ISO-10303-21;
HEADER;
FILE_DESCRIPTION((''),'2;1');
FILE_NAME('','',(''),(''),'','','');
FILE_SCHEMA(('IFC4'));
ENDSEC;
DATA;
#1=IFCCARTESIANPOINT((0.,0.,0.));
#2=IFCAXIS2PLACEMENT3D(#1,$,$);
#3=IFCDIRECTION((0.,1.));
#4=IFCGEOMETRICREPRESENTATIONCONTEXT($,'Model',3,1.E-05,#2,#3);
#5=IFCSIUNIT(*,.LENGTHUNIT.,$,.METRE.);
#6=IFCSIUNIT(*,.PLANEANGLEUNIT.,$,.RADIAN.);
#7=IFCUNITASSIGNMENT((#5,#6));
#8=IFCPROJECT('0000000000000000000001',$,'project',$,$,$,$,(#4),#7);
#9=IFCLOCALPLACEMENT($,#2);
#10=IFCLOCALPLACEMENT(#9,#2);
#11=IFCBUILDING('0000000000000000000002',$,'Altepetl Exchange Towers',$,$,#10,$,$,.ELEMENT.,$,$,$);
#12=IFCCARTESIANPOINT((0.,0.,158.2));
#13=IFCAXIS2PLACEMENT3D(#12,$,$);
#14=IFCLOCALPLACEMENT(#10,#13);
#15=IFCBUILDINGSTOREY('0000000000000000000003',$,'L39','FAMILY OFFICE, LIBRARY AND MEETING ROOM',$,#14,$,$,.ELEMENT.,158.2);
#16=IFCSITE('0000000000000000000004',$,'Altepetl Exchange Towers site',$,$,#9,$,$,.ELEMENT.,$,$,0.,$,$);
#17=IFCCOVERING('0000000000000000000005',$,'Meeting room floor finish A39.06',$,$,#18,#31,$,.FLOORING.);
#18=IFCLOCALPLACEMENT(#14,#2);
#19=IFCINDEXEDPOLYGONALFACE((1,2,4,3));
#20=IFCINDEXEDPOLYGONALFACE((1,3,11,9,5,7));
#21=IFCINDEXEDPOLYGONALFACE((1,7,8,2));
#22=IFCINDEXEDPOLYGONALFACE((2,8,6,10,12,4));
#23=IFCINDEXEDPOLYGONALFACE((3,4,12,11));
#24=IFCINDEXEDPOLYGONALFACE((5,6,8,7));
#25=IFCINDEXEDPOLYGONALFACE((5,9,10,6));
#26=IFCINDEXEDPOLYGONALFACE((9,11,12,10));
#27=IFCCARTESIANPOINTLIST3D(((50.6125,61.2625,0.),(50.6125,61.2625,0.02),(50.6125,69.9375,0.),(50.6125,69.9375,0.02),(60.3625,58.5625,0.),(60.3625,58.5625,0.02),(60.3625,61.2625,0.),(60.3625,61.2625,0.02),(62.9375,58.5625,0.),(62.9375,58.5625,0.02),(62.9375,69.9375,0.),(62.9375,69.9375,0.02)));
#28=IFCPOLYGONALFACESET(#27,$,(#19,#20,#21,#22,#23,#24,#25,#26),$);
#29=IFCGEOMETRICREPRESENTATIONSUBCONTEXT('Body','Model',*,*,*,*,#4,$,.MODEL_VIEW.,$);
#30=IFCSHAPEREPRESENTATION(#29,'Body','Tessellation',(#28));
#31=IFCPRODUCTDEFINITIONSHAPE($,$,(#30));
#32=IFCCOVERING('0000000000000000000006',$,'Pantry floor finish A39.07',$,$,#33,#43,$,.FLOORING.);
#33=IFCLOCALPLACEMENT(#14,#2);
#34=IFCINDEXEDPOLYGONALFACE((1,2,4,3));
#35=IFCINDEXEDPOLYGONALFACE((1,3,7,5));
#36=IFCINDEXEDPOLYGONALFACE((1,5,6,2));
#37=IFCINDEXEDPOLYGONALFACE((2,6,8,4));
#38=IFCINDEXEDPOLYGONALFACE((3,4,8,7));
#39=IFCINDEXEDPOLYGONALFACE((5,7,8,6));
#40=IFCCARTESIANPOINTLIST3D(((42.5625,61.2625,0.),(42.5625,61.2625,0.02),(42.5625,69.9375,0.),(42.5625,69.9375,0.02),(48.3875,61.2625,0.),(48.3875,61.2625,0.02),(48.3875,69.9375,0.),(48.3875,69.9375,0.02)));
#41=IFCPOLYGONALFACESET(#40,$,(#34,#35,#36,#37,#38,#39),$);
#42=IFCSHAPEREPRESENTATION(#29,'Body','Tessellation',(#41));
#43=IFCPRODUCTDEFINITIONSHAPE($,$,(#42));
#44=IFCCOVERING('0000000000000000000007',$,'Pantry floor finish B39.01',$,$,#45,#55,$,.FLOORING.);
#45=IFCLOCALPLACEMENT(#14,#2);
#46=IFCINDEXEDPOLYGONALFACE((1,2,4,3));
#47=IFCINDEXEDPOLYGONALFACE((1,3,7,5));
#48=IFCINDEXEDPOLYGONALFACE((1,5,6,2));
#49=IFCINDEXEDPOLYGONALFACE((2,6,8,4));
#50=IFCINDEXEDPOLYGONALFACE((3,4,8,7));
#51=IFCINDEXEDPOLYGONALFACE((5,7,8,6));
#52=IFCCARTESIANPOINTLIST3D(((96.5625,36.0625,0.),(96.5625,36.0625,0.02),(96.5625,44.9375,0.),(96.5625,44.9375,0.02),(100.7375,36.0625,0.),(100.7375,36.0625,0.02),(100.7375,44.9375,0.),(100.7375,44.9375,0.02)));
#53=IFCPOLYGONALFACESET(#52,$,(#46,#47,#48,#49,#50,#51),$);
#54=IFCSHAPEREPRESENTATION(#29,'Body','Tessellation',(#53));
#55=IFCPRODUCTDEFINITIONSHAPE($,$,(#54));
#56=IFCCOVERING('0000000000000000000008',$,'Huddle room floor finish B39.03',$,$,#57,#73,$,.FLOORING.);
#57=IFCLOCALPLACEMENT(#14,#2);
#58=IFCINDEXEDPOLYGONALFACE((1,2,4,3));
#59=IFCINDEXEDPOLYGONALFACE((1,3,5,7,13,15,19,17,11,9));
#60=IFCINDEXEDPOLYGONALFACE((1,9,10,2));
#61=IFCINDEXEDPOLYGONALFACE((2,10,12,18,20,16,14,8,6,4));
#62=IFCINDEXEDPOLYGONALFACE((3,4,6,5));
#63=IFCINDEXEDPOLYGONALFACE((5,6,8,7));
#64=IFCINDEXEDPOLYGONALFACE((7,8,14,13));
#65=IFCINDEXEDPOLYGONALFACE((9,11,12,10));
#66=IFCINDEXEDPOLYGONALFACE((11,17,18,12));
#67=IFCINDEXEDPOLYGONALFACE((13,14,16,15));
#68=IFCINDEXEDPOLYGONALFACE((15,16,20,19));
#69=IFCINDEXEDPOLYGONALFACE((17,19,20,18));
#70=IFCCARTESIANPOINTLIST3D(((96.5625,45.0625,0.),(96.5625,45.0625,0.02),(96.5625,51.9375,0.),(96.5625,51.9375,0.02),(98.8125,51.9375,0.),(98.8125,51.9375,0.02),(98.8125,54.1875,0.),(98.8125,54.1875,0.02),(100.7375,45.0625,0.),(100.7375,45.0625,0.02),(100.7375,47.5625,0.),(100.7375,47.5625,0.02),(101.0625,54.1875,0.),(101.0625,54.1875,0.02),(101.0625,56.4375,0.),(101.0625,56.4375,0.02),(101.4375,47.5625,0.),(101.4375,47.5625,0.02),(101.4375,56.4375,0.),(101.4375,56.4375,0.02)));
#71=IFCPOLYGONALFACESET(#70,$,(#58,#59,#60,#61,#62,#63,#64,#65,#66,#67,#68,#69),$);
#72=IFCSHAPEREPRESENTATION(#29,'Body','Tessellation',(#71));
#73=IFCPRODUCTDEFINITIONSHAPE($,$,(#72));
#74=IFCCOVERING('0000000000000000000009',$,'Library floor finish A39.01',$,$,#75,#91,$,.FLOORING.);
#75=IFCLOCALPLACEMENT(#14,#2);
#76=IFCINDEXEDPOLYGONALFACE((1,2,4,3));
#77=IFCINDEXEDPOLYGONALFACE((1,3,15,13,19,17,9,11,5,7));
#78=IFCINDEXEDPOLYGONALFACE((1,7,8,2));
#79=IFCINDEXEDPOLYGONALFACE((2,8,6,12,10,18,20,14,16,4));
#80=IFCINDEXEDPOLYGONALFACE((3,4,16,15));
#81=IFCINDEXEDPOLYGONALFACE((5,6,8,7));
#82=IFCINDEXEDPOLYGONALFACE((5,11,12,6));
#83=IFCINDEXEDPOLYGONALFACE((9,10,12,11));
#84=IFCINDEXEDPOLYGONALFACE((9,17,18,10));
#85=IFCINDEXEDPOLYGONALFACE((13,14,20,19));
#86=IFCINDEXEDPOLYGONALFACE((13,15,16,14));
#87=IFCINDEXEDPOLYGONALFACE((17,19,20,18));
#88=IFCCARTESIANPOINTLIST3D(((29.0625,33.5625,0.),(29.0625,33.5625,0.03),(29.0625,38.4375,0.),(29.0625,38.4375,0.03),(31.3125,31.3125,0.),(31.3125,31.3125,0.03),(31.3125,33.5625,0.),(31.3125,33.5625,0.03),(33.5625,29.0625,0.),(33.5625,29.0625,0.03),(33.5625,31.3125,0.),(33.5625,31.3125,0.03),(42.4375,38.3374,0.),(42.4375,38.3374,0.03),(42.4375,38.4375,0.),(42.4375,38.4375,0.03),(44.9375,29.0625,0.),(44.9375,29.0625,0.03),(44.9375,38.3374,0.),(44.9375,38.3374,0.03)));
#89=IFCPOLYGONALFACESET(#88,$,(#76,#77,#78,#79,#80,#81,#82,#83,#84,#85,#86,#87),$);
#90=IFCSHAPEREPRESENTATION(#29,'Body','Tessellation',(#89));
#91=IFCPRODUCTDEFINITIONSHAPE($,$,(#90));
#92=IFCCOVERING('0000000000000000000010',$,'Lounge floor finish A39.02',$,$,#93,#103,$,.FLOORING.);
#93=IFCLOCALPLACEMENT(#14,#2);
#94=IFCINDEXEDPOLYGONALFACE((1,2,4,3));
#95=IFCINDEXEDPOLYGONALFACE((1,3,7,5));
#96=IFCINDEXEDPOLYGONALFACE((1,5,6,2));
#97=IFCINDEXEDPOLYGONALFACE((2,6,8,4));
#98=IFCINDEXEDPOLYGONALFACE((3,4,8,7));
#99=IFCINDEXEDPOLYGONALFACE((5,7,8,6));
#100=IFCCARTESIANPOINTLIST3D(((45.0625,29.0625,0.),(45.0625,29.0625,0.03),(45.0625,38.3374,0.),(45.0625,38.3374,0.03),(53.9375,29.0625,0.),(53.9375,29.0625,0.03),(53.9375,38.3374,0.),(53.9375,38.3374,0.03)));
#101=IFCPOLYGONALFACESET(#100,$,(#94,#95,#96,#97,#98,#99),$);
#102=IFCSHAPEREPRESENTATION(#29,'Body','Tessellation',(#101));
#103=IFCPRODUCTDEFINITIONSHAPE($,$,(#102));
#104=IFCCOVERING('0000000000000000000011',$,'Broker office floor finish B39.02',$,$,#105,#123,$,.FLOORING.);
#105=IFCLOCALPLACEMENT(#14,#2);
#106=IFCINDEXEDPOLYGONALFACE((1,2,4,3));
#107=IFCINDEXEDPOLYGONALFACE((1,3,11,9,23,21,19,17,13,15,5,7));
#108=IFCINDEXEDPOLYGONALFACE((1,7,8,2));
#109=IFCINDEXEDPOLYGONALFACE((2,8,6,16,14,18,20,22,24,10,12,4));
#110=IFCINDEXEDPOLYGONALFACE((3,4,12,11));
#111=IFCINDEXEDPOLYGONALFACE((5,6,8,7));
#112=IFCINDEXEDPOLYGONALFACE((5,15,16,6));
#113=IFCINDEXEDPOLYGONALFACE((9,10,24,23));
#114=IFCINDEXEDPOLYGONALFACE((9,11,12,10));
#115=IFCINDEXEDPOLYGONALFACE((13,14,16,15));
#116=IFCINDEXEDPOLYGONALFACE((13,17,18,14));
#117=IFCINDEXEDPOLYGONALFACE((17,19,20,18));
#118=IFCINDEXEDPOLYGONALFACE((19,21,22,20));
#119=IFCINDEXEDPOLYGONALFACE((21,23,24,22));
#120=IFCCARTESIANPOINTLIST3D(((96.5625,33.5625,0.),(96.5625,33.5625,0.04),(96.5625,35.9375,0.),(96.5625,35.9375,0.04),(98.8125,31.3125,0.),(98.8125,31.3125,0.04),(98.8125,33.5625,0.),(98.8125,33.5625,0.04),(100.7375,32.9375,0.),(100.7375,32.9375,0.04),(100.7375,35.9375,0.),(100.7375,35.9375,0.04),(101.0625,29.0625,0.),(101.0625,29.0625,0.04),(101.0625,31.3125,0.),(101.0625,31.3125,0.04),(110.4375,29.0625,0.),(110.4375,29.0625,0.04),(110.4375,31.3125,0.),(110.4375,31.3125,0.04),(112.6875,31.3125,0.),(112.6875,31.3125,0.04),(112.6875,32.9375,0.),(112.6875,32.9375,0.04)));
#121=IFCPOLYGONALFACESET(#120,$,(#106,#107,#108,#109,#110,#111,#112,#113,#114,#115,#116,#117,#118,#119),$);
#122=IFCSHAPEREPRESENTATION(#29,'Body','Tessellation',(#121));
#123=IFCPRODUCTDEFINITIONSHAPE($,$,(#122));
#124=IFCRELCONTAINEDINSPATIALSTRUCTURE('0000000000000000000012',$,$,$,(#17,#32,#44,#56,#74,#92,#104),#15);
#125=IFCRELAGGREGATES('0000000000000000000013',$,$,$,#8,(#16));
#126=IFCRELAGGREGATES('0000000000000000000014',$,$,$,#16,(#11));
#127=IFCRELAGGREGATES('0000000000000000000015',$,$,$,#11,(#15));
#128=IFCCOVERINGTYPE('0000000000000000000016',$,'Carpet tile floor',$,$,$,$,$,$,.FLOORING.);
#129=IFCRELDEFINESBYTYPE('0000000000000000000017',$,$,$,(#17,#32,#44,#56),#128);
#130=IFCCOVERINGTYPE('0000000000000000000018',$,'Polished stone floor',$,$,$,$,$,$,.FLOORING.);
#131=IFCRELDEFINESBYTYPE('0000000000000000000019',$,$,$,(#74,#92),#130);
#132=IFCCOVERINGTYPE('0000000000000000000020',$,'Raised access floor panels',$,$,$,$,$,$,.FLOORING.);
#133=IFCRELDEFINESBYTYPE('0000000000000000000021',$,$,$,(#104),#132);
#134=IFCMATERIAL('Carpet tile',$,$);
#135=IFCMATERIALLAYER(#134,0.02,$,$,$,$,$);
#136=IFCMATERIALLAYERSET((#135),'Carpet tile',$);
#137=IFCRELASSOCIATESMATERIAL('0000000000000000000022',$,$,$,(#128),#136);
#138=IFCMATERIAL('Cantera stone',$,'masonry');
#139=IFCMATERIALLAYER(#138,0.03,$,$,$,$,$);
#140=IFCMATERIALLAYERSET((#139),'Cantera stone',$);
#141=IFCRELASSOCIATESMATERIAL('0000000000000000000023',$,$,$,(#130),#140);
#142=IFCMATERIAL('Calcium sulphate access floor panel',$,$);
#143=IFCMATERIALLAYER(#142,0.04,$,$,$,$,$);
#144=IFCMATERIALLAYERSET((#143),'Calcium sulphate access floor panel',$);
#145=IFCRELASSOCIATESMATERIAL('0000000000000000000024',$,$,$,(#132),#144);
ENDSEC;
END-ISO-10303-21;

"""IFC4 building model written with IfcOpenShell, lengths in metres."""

from ifc_helpers import new_model, si_unit, direction, frame, origin, place, context, subcontext, project, spatial, polyline, outline, extrude, material, layer, layer_set, type_object, element, save


model = new_model("IFC4")

# Units and contexts
model_context = context("Model", 3, precision=1e-05, world=origin(), true_north=direction((0.0, 1.0)))
body_context = subcontext(model_context, "Body", "Model", "MODEL_VIEW")
ifc_project = project(units=[si_unit("LENGTHUNIT", "METRE"), si_unit("PLANEANGLEUNIT", "RADIAN")], contexts=[model_context])

# Site, building, storey
site_placement = place(None, origin())
site = spatial("IfcSite", under=ifc_project, at=site_placement, Name="Altepetl Exchange Towers site", CompositionType="ELEMENT", RefElevation=0.0)
building_placement = place(site_placement, origin())
building = spatial("IfcBuilding", under=site, at=building_placement, Name="Altepetl Exchange Towers", CompositionType="ELEMENT")
storey_placement = place(building_placement, frame((0.0, 0.0, 158.2)))
storey = spatial("IfcBuildingStorey", under=building, at=storey_placement, Name="L39", Description="FAMILY OFFICE, LIBRARY AND MEETING ROOM", CompositionType="ELEMENT", Elevation=158.2)

# Coverings
ifc_material_1 = material(Name="Carpet tile")
ifc_layer_1 = layer(ifc_material_1, 0.02)
ifc_layer_set_1 = layer_set([ifc_layer_1], Name="Carpet tile")
covering_type_1 = type_object("IfcCoveringType", Name="Carpet tile floor", PredefinedType="FLOORING", material=ifc_layer_set_1)
covering_1_placement = place(storey_placement, origin())
element("IfcCovering", 1, at=covering_1_placement, inside=storey, type_object=covering_type_1, Name="Meeting room floor finish A39.06", PredefinedType="FLOORING", context=body_context, shape_type="SweptSolid", body=[
    extrude(outline(polyline([(60.3625, 58.5625), (62.9375, 58.5625), (62.9375, 69.9375), (50.6125, 69.9375), (50.6125, 61.2625), (60.3625, 61.2625), (60.3625, 58.5625)])), origin(), (0.0, 0.0, 1.0), 0.02),
])
covering_2_placement = place(storey_placement, origin())
element("IfcCovering", 2, at=covering_2_placement, inside=storey, type_object=covering_type_1, Name="Pantry floor finish A39.07", PredefinedType="FLOORING", context=body_context, shape_type="SweptSolid", body=[
    extrude(outline(polyline([(42.5625, 61.2625), (48.3875, 61.2625), (48.3875, 69.9375), (42.5625, 69.9375), (42.5625, 61.2625)])), origin(), (0.0, 0.0, 1.0), 0.02),
])
covering_3_placement = place(storey_placement, origin())
element("IfcCovering", 3, at=covering_3_placement, inside=storey, type_object=covering_type_1, Name="Pantry floor finish B39.01", PredefinedType="FLOORING", context=body_context, shape_type="SweptSolid", body=[
    extrude(outline(polyline([(96.5625, 36.0625), (100.7375, 36.0625), (100.7375, 44.9375), (96.5625, 44.9375), (96.5625, 36.0625)])), origin(), (0.0, 0.0, 1.0), 0.02),
])
covering_4_placement = place(storey_placement, origin())
element("IfcCovering", 4, at=covering_4_placement, inside=storey, type_object=covering_type_1, Name="Huddle room floor finish B39.03", PredefinedType="FLOORING", context=body_context, shape_type="SweptSolid", body=[
    extrude(outline(polyline([(96.5625, 45.0625), (100.7375, 45.0625), (100.7375, 47.5625), (101.4375, 47.5625), (101.4375, 56.4375), (101.0625, 56.4375), (101.0625, 54.1875), (98.8125, 54.1875), (98.8125, 51.9375), (96.5625, 51.9375), (96.5625, 45.0625)])), origin(), (0.0, 0.0, 1.0), 0.02),
])
ifc_material_2 = material(Name="Cantera stone", Category="masonry")
ifc_layer_2 = layer(ifc_material_2, 0.03)
ifc_layer_set_2 = layer_set([ifc_layer_2], Name="Cantera stone")
covering_type_2 = type_object("IfcCoveringType", Name="Polished stone floor", PredefinedType="FLOORING", material=ifc_layer_set_2)
covering_5_placement = place(storey_placement, origin())
element("IfcCovering", 5, at=covering_5_placement, inside=storey, type_object=covering_type_2, Name="Library floor finish A39.01", PredefinedType="FLOORING", context=body_context, shape_type="SweptSolid", body=[
    extrude(outline(polyline([(33.5625, 29.0625), (44.9375, 29.0625), (44.9375, 38.3374), (42.4375, 38.3374), (42.4375, 38.4375), (29.0625, 38.4375), (29.0625, 33.5625), (31.3125, 33.5625), (31.3125, 31.3125), (33.5625, 31.3125), (33.5625, 29.0625)])), origin(), (0.0, 0.0, 1.0), 0.03),
])
covering_6_placement = place(storey_placement, origin())
element("IfcCovering", 6, at=covering_6_placement, inside=storey, type_object=covering_type_2, Name="Lounge floor finish A39.02", PredefinedType="FLOORING", context=body_context, shape_type="SweptSolid", body=[
    extrude(outline(polyline([(45.0625, 38.3374), (45.0625, 29.0625), (53.9375, 29.0625), (53.9375, 38.3374), (45.0625, 38.3374)])), origin(), (0.0, 0.0, 1.0), 0.03),
])
ifc_material_3 = material(Name="Calcium sulphate access floor panel")
ifc_layer_3 = layer(ifc_material_3, 0.04)
ifc_layer_set_3 = layer_set([ifc_layer_3], Name="Calcium sulphate access floor panel")
covering_type_3 = type_object("IfcCoveringType", Name="Raised access floor panels", PredefinedType="FLOORING", material=ifc_layer_set_3)
covering_7_placement = place(storey_placement, origin())
element("IfcCovering", 7, at=covering_7_placement, inside=storey, type_object=covering_type_3, Name="Broker office floor finish B39.02", PredefinedType="FLOORING", context=body_context, shape_type="SweptSolid", body=[
    extrude(outline(polyline([(112.6875, 31.3125), (112.6875, 32.9375), (100.7375, 32.9375), (100.7375, 35.9375), (96.5625, 35.9375), (96.5625, 33.5625), (98.8125, 33.5625), (98.8125, 31.3125), (101.0625, 31.3125), (101.0625, 29.0625), (110.4375, 29.0625), (110.4375, 31.3125), (112.6875, 31.3125)])), origin(), (0.0, 0.0, 1.0), 0.04),
])

save(model, "model.ifc")
